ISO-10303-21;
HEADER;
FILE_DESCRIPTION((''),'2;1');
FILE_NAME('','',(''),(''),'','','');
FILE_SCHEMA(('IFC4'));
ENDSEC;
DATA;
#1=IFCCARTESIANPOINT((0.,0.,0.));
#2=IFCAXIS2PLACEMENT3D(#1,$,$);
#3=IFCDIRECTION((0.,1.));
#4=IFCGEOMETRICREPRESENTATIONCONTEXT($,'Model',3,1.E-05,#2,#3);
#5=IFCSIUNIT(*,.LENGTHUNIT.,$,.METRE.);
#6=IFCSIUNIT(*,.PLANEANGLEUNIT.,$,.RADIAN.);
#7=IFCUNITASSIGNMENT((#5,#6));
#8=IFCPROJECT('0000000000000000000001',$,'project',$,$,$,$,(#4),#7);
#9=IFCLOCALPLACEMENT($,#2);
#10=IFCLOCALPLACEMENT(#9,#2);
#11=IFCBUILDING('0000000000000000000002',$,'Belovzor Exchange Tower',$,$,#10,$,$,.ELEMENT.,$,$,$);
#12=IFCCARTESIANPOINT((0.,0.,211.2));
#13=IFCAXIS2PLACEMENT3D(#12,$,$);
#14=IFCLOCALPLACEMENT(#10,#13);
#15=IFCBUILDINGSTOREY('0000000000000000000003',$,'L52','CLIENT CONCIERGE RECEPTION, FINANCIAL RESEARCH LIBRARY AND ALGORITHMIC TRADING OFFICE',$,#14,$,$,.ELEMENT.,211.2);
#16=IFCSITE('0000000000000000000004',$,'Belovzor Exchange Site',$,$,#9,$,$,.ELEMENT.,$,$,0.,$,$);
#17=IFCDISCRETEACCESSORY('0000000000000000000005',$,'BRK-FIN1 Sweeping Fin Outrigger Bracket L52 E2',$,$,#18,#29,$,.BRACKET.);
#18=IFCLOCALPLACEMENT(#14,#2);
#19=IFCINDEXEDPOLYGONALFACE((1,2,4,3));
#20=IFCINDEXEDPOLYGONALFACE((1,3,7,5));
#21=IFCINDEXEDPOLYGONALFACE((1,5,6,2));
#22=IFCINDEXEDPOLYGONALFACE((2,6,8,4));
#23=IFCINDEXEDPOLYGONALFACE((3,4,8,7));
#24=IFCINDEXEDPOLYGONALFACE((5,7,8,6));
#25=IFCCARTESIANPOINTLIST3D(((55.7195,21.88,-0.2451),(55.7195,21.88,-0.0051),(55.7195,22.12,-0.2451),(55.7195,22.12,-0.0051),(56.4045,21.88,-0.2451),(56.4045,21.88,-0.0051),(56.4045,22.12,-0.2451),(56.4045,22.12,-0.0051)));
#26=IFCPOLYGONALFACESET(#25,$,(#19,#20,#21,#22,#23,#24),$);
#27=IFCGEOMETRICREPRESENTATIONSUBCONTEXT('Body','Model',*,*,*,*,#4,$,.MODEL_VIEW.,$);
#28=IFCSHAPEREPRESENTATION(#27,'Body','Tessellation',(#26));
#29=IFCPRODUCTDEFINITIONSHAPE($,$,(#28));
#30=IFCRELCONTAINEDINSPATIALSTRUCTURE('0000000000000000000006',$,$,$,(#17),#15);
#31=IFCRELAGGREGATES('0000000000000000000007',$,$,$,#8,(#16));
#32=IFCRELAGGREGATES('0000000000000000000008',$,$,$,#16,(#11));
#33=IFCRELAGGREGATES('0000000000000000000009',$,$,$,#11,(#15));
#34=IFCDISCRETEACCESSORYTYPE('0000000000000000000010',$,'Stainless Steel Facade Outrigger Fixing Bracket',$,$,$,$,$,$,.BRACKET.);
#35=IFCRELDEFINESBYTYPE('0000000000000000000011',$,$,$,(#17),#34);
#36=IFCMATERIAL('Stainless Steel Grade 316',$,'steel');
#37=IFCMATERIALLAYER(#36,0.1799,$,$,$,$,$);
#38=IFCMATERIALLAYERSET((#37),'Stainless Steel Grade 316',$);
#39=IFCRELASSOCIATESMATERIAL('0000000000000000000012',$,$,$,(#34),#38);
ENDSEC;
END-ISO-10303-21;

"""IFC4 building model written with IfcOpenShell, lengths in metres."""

from ifc_helpers import new_model, si_unit, direction, frame, origin, origin_2d, place, context, subcontext, project, spatial, rectangle, extrude, material, layer, layer_set, type_object, element, save


model = new_model("IFC4")

# Units and contexts
model_context = context("Model", 3, precision=1e-05, world=origin(), true_north=direction((0.0, 1.0)))
body_context = subcontext(model_context, "Body", "Model", "MODEL_VIEW")
ifc_project = project(units=[si_unit("LENGTHUNIT", "METRE"), si_unit("PLANEANGLEUNIT", "RADIAN")], contexts=[model_context])

# Site, building, storey
site_placement = place(None, origin())
site = spatial("IfcSite", under=ifc_project, at=site_placement, Name="Belovzor Exchange Site", CompositionType="ELEMENT", RefElevation=0.0)
building_placement = place(site_placement, origin())
building = spatial("IfcBuilding", under=site, at=building_placement, Name="Belovzor Exchange Tower", CompositionType="ELEMENT")
storey_placement = place(building_placement, frame((0.0, 0.0, 211.2)))
storey = spatial("IfcBuildingStorey", under=building, at=storey_placement, Name="L52", Description="CLIENT CONCIERGE RECEPTION, FINANCIAL RESEARCH LIBRARY AND ALGORITHMIC TRADING OFFICE", CompositionType="ELEMENT", Elevation=211.2)

# Discrete accessory
ifc_material_1 = material(Name="Stainless Steel Grade 316", Category="steel")
ifc_layer_1 = layer(ifc_material_1, 0.1799)
ifc_layer_set_1 = layer_set([ifc_layer_1], Name="Stainless Steel Grade 316")
discrete_accessory_type = type_object("IfcDiscreteAccessoryType", Name="Stainless Steel Facade Outrigger Fixing Bracket", PredefinedType="BRACKET", material=ifc_layer_set_1)
discrete_accessory_placement = place(storey_placement, frame((56.062, 22.0, -0.2451), z_axis=(0.0, 0.0, 1.0), x_axis=(1.0, 0.0, 0.0)))
element("IfcDiscreteAccessory", 1, at=discrete_accessory_placement, inside=storey, type_object=discrete_accessory_type, Name="BRK-FIN1 Sweeping Fin Outrigger Bracket L52 E2", PredefinedType="BRACKET", context=body_context, shape_type="SweptSolid", body=[
    extrude(rectangle(XDim=0.6851, YDim=0.24, at=origin_2d()), origin(), (0.0, 0.0, 1.0), 0.24),
])

save(model, "model.ifc")
